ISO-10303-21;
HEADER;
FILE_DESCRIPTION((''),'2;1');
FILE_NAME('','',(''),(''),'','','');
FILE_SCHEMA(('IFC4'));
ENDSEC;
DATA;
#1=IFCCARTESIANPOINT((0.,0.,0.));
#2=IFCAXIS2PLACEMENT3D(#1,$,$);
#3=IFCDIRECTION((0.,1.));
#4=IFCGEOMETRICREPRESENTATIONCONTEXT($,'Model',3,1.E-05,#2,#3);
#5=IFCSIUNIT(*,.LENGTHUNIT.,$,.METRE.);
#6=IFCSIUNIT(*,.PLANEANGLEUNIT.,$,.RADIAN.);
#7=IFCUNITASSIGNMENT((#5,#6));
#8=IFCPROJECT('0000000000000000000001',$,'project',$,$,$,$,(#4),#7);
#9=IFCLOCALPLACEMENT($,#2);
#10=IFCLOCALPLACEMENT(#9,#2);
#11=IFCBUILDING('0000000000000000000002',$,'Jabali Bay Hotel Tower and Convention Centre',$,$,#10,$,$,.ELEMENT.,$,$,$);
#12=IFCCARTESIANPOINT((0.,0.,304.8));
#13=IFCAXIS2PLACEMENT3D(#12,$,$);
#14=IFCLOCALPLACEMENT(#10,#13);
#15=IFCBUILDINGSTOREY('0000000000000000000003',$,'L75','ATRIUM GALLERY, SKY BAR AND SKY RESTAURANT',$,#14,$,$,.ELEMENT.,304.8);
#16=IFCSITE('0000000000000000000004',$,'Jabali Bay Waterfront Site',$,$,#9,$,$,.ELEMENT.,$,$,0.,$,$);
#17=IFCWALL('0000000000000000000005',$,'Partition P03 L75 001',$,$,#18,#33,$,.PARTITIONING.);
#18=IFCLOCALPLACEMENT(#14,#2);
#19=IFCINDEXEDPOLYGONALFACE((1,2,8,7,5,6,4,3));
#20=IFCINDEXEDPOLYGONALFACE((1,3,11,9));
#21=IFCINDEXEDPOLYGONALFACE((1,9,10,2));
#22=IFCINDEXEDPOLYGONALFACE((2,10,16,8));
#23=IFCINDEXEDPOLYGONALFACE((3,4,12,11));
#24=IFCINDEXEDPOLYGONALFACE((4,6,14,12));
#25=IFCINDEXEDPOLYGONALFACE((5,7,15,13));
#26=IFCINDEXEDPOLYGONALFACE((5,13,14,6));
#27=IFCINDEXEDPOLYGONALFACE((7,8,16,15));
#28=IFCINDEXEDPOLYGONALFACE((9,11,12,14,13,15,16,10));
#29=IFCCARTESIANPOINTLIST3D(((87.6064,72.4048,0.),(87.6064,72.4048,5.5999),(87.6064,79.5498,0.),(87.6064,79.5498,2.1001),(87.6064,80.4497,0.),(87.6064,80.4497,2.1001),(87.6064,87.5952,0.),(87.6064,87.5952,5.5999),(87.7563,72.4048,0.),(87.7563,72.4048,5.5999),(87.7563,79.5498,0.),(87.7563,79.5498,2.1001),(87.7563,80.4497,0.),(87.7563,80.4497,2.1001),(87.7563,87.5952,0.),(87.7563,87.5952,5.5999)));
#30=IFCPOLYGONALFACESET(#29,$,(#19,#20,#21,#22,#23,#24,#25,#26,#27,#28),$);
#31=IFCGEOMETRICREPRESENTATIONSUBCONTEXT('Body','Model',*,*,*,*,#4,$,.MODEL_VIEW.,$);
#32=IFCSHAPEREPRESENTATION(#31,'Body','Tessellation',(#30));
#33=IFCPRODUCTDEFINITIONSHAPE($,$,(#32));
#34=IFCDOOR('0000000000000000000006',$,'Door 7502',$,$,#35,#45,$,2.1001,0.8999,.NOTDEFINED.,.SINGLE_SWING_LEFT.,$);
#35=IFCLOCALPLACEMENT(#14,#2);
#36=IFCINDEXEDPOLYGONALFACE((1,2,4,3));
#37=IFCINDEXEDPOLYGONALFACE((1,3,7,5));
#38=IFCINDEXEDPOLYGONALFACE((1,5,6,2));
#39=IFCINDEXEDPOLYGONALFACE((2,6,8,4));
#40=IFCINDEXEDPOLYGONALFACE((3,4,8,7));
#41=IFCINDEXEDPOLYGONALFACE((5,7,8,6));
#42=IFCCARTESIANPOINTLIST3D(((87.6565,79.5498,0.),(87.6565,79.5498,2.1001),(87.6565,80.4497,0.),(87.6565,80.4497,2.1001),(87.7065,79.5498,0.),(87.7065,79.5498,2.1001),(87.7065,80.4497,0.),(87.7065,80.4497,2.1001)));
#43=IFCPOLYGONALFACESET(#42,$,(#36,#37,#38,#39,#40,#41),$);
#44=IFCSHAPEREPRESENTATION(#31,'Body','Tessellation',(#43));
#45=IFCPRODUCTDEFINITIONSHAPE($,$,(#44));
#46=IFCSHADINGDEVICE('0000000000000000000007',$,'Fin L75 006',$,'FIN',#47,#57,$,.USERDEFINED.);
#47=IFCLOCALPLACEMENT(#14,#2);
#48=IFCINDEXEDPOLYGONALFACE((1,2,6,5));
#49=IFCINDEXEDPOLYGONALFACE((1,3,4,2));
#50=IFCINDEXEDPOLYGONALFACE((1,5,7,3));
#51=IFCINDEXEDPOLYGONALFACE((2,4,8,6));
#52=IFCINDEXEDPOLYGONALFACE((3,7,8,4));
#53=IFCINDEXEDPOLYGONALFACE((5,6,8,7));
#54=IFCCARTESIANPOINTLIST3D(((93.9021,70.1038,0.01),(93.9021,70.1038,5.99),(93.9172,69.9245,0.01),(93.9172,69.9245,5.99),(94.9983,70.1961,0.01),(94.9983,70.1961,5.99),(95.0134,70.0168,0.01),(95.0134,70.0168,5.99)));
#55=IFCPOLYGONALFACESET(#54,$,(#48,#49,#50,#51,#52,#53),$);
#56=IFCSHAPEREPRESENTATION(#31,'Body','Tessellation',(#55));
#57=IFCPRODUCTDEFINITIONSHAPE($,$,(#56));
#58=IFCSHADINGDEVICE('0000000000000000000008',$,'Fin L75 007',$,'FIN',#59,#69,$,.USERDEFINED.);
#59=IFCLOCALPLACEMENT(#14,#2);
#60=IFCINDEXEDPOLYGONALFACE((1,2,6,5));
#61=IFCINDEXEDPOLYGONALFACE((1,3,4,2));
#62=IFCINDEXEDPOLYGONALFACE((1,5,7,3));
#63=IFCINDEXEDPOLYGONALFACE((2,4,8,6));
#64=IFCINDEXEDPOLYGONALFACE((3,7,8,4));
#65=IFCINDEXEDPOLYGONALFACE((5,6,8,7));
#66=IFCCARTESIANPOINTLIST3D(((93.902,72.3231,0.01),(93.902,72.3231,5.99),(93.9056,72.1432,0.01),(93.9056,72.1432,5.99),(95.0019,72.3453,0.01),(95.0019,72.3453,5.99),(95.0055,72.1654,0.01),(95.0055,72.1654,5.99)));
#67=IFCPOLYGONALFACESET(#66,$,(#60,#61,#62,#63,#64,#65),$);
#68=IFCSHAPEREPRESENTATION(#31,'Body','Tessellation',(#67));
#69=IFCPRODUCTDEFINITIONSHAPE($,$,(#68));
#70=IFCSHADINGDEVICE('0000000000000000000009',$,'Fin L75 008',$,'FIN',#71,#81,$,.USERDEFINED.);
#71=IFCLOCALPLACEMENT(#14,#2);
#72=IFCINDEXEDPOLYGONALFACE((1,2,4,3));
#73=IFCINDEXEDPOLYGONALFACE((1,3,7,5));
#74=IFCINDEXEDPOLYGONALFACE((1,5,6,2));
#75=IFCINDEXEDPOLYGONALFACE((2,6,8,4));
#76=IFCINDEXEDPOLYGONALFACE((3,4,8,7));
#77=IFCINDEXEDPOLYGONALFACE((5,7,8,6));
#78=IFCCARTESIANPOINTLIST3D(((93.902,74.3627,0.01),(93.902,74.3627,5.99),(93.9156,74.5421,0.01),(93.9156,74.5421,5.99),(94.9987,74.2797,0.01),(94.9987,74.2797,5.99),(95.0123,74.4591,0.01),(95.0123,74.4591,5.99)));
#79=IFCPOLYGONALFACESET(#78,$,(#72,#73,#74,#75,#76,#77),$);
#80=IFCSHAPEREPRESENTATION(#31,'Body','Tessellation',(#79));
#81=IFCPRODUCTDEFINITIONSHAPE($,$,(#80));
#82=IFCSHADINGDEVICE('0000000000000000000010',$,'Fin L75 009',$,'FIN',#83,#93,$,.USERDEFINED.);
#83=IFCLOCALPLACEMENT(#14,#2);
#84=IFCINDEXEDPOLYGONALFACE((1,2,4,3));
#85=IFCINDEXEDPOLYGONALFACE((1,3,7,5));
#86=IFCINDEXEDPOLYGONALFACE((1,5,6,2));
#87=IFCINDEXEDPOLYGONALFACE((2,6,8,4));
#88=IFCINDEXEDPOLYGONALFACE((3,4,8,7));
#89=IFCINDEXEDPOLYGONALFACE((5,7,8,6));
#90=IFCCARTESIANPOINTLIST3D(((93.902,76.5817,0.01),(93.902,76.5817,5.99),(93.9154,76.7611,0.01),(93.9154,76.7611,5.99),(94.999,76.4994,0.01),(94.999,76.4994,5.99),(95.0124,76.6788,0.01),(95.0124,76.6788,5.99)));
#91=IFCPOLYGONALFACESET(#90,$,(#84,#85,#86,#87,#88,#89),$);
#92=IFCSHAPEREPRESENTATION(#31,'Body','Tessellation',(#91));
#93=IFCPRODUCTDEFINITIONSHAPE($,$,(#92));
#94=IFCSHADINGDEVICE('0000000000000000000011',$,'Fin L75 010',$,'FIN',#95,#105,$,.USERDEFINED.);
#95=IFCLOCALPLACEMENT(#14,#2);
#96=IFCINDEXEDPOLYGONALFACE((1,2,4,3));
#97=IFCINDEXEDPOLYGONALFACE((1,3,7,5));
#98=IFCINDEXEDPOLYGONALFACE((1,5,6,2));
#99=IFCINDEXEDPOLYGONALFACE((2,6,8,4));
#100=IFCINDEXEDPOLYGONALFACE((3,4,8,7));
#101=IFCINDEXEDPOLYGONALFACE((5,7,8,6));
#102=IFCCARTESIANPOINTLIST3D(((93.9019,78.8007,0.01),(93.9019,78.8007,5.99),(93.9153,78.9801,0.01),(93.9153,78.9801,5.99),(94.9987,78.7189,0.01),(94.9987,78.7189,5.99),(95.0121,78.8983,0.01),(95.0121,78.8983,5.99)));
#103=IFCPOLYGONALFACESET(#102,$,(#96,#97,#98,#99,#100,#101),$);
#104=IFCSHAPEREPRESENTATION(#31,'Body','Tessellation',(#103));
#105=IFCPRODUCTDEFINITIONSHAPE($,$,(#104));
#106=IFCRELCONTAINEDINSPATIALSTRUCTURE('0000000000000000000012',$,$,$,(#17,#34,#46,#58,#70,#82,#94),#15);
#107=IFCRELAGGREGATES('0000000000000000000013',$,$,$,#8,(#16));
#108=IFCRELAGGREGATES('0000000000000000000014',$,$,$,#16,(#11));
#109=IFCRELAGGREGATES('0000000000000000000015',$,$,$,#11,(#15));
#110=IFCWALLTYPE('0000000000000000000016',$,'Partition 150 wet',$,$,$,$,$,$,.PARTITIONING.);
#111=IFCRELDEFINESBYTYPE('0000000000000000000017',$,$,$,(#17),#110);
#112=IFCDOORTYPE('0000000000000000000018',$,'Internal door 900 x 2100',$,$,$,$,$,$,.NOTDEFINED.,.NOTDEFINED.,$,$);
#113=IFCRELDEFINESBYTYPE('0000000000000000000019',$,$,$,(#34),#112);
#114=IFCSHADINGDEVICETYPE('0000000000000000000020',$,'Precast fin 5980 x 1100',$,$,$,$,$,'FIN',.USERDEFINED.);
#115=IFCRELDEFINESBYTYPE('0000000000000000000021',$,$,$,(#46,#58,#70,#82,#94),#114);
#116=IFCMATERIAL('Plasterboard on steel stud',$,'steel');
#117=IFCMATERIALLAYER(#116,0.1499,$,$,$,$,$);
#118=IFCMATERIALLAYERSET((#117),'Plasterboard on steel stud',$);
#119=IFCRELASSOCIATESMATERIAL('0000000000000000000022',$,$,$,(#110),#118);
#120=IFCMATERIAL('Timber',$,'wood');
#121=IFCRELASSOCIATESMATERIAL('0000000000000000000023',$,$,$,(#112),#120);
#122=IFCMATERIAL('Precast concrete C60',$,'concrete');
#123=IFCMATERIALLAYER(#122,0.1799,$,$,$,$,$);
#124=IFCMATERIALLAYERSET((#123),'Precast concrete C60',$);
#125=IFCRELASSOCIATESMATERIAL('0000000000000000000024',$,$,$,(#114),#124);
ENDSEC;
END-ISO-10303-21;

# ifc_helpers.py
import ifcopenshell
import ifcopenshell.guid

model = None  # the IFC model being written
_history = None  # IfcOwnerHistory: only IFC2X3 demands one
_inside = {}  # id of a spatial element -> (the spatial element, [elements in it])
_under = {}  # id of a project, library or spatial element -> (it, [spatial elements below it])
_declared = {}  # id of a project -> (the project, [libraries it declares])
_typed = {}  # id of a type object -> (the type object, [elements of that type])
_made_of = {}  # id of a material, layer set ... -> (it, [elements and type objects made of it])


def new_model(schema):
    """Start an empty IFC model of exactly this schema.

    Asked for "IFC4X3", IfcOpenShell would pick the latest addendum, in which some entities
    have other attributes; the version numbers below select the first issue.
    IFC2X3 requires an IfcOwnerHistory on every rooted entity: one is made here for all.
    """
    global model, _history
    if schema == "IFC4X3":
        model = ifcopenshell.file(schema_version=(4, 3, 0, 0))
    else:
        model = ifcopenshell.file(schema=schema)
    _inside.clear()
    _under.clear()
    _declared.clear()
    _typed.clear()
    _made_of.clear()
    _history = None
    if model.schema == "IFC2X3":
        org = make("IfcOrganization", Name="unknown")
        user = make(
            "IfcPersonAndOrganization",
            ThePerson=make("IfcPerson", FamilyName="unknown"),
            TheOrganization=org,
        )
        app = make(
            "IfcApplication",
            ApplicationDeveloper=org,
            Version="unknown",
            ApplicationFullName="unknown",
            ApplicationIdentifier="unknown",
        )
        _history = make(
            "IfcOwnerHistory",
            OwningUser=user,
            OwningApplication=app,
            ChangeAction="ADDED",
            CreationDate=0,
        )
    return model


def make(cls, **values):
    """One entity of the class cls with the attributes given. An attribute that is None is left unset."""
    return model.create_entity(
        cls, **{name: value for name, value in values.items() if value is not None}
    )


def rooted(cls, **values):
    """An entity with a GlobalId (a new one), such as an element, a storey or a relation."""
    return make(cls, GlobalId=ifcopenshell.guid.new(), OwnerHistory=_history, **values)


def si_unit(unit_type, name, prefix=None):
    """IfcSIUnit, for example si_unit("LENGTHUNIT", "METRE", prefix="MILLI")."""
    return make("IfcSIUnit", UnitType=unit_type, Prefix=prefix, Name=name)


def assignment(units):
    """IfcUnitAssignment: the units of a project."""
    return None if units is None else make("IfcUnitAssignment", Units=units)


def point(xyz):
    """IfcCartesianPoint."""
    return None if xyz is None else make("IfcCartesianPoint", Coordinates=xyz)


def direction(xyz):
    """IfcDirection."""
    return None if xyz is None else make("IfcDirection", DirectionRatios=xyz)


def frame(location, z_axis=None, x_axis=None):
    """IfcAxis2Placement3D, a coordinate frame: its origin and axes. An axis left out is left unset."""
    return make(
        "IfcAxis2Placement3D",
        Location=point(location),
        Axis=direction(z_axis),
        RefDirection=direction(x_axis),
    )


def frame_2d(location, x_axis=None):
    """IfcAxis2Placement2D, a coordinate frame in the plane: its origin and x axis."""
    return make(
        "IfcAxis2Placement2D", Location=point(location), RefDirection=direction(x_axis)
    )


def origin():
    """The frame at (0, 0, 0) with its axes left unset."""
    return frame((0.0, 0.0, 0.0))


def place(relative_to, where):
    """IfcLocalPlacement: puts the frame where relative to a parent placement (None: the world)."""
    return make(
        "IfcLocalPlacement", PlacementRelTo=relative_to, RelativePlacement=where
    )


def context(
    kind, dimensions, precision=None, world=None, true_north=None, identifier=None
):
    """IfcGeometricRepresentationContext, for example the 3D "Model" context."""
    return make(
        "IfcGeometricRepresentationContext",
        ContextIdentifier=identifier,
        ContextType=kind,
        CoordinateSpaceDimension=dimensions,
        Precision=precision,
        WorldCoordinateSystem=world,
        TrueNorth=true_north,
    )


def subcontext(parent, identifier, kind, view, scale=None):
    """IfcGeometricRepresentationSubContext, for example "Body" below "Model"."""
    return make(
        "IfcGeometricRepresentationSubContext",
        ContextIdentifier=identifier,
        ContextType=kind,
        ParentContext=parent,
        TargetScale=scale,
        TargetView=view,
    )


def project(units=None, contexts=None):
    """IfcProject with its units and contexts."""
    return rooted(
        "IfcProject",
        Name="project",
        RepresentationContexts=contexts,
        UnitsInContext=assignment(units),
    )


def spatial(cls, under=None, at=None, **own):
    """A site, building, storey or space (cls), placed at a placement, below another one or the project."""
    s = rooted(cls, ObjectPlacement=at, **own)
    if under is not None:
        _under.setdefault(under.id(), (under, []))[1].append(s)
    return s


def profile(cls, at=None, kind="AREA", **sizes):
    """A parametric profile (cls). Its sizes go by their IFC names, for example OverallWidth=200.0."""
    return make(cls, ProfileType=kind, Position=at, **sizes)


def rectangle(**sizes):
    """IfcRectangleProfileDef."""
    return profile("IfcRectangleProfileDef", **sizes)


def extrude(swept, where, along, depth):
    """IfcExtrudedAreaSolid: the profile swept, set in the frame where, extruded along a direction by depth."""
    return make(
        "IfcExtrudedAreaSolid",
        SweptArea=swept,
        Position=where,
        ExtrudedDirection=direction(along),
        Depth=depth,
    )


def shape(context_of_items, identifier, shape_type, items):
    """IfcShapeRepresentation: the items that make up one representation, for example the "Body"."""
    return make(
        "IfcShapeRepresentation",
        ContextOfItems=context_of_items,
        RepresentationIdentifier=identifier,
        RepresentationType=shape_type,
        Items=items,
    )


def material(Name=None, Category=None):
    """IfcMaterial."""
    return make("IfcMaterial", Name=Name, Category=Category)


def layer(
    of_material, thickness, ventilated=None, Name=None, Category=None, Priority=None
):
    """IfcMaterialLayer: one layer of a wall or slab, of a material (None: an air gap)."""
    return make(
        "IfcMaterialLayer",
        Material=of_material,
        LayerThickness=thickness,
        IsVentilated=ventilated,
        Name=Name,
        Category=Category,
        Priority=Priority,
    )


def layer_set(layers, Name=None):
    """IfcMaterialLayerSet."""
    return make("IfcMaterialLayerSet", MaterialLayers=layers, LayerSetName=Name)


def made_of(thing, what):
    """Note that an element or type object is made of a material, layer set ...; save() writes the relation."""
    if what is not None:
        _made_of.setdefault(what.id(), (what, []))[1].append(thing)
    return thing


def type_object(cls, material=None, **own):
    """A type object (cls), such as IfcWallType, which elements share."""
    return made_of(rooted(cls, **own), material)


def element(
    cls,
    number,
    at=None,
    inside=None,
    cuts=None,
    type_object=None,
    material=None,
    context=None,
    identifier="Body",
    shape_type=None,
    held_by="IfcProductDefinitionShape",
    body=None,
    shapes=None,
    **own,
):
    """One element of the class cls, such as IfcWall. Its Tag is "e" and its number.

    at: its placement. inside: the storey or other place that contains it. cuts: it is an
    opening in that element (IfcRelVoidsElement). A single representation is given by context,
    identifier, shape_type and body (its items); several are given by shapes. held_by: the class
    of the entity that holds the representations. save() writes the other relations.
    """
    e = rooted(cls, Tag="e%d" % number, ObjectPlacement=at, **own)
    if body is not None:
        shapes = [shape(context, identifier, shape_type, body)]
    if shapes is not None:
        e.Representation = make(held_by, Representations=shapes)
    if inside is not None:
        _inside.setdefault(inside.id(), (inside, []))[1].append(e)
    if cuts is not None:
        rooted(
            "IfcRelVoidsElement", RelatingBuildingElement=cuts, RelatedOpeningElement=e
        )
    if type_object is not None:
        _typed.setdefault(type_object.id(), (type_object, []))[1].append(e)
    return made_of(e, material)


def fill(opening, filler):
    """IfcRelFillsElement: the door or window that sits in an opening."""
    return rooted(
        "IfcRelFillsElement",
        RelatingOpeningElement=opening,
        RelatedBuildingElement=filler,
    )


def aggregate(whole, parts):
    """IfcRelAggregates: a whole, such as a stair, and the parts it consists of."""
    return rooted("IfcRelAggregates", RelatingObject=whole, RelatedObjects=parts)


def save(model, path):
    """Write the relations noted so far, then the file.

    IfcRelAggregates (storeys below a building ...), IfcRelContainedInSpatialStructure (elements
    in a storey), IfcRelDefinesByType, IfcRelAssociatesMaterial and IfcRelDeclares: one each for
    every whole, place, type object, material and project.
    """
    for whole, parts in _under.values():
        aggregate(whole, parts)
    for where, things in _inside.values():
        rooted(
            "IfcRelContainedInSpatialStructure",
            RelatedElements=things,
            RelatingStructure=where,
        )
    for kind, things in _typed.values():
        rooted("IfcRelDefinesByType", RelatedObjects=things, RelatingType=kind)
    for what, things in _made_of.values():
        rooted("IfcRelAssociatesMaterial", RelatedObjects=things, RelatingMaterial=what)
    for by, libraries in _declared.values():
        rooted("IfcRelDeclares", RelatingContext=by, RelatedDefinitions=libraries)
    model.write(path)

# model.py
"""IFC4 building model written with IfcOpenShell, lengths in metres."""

from ifc_helpers import new_model, si_unit, direction, frame, frame_2d, origin, place, context, subcontext, project, spatial, rectangle, extrude, material, layer, layer_set, type_object, element, fill, save


model = new_model("IFC4")

# Units and contexts
model_context = context("Model", 3, precision=1e-05, world=origin(), true_north=direction((0.0, 1.0)))
body_context = subcontext(model_context, "Body", "Model", "MODEL_VIEW")
ifc_project = project(units=[si_unit("LENGTHUNIT", "METRE"), si_unit("PLANEANGLEUNIT", "RADIAN")], contexts=[model_context])

# Site, building, storey
site_placement = place(None, origin())
site = spatial("IfcSite", under=ifc_project, at=site_placement, Name="Jabali Bay Waterfront Site", CompositionType="ELEMENT", RefElevation=0.0)
building_placement = place(site_placement, origin())
building = spatial("IfcBuilding", under=site, at=building_placement, Name="Jabali Bay Hotel Tower and Convention Centre", CompositionType="ELEMENT")
storey_placement = place(building_placement, frame((0.0, 0.0, 304.8)))
storey = spatial("IfcBuildingStorey", under=building, at=storey_placement, Name="L75", Description="ATRIUM GALLERY, SKY BAR AND SKY RESTAURANT", CompositionType="ELEMENT", Elevation=304.8)

# Wall, opening, door
ifc_material_1 = material(Name="Timber", Category="wood")
ifc_material_2 = material(Name="Plasterboard on steel stud", Category="steel")
ifc_layer_1 = layer(ifc_material_2, 0.1499)
ifc_layer_set_1 = layer_set([ifc_layer_1], Name="Plasterboard on steel stud")
wall_type_1 = type_object("IfcWallType", Name="Partition 150 wet", PredefinedType="PARTITIONING", material=ifc_layer_set_1)
wall_1_placement = place(storey_placement, frame((87.6814, 72.4048, 0.0), z_axis=(0.0, 0.0, 1.0), x_axis=(0.0, 1.0, 0.0)))
wall_1 = element("IfcWall", 1, at=wall_1_placement, inside=storey, type_object=wall_type_1, Name="Partition P03 L75 001", PredefinedType="PARTITIONING", context=body_context, shape_type="SweptSolid", body=[
    extrude(rectangle(XDim=15.1904, YDim=0.1499, at=frame_2d((7.5952, 0.0))), origin(), (0.0, 0.0, 1.0), 5.5999),
])
opening_1_placement = place(wall_1_placement, frame((7.145, 0.0, 0.0)))
opening_1 = element("IfcOpeningElement", 2, at=opening_1_placement, cuts=wall_1, PredefinedType="OPENING", context=body_context, shape_type="SweptSolid", body=[
    extrude(rectangle(XDim=0.8999, YDim=2.1001, at=frame_2d((0.45, 1.05))), frame((0.0, 0.0854, 0.0), z_axis=(0.0, -1.0, 0.0), x_axis=(1.0, 0.0, 0.0)), (0.0, 0.0, 1.0), 0.1709),
])
door_type_1 = type_object("IfcDoorType", Name="Internal door 900 x 2100", OperationType="NOTDEFINED", PredefinedType="NOTDEFINED", material=ifc_material_1)
door_1_placement = place(opening_1_placement, origin())
door_1 = element("IfcDoor", 3, at=door_1_placement, inside=storey, type_object=door_type_1, Name="Door 7502", OperationType="SINGLE_SWING_LEFT", OverallHeight=2.1001, OverallWidth=0.8999, PredefinedType="NOTDEFINED", context=body_context, shape_type="SweptSolid", body=[
    extrude(rectangle(XDim=0.8999, YDim=2.1001, at=frame_2d((0.45, 1.05))), frame((0.0, 0.0249, 0.0), z_axis=(0.0, -1.0, 0.0), x_axis=(1.0, 0.0, 0.0)), (0.0, 0.0, 1.0), 0.05),
])
fill(opening_1, door_1)

# Shading devices
ifc_material_3 = material(Name="Precast concrete C60", Category="concrete")
ifc_layer_2 = layer(ifc_material_3, 0.1799)
ifc_layer_set_2 = layer_set([ifc_layer_2], Name="Precast concrete C60")
shading_device_type = type_object("IfcShadingDeviceType", Name="Precast fin 5980 x 1100", ElementType="FIN", PredefinedType="USERDEFINED", material=ifc_layer_set_2)
for number, where, z_axis, x_axis, name in (
    (4, (93.9097, 70.0142, 0.01), (0.0, 0.0, 1.0), (0.996475, 0.08389, 0.0), "Fin L75 006"),
    (5, (93.9038, 72.2332, 0.01), (0.0, 0.0, 1.0), (0.999796, 0.020196, 0.0), "Fin L75 007"),
):
    element("IfcShadingDevice", number, at=place(storey_placement, frame(where, z_axis=z_axis, x_axis=x_axis)), inside=storey, type_object=shading_device_type, Name=name, ObjectType="FIN", PredefinedType="USERDEFINED", context=body_context, shape_type="SweptSolid", body=[
        extrude(rectangle(XDim=1.1001, YDim=0.1799, at=frame_2d((0.55, 0.0))), origin(), (0.0, 0.0, 1.0), 5.98),
    ])
shading_device_1_placement = place(storey_placement, frame((93.9089, 74.4524, 0.01), z_axis=(0.0, 0.0, 1.0), x_axis=(0.997148, -0.075474, 0.0)))
element("IfcShadingDevice", 6, at=shading_device_1_placement, inside=storey, type_object=shading_device_type, Name="Fin L75 008", ObjectType="FIN", PredefinedType="USERDEFINED", context=body_context, shape_type="SweptSolid", body=[
    extrude(rectangle(XDim=1.0999, YDim=0.1799, at=frame_2d((0.5498, 0.0))), origin(), (0.0, 0.0, 1.0), 5.98),
])
shading_device_2_placement = place(storey_placement, frame((93.9087, 76.6714, 0.01), z_axis=(0.0, 0.0, 1.0), x_axis=(0.997199, -0.074795, 0.0)))
element("IfcShadingDevice", 7, at=shading_device_2_placement, inside=storey, type_object=shading_device_type, Name="Fin L75 009", ObjectType="FIN", PredefinedType="USERDEFINED", context=body_context, shape_type="SweptSolid", body=[
    extrude(rectangle(XDim=1.1001, YDim=0.1799, at=frame_2d((0.55, 0.0))), origin(), (0.0, 0.0, 1.0), 5.98),
])
shading_device_3_placement = place(storey_placement, frame((93.9087, 78.8904, 0.01), z_axis=(0.0, 0.0, 1.0), x_axis=(0.997232, -0.074354, 0.0)))
element("IfcShadingDevice", 8, at=shading_device_3_placement, inside=storey, type_object=shading_device_type, Name="Fin L75 010", ObjectType="FIN", PredefinedType="USERDEFINED", context=body_context, shape_type="SweptSolid", body=[
    extrude(rectangle(XDim=1.0999, YDim=0.1799, at=frame_2d((0.5498, 0.0))), origin(), (0.0, 0.0, 1.0), 5.98),
])

save(model, "model.ifc")
